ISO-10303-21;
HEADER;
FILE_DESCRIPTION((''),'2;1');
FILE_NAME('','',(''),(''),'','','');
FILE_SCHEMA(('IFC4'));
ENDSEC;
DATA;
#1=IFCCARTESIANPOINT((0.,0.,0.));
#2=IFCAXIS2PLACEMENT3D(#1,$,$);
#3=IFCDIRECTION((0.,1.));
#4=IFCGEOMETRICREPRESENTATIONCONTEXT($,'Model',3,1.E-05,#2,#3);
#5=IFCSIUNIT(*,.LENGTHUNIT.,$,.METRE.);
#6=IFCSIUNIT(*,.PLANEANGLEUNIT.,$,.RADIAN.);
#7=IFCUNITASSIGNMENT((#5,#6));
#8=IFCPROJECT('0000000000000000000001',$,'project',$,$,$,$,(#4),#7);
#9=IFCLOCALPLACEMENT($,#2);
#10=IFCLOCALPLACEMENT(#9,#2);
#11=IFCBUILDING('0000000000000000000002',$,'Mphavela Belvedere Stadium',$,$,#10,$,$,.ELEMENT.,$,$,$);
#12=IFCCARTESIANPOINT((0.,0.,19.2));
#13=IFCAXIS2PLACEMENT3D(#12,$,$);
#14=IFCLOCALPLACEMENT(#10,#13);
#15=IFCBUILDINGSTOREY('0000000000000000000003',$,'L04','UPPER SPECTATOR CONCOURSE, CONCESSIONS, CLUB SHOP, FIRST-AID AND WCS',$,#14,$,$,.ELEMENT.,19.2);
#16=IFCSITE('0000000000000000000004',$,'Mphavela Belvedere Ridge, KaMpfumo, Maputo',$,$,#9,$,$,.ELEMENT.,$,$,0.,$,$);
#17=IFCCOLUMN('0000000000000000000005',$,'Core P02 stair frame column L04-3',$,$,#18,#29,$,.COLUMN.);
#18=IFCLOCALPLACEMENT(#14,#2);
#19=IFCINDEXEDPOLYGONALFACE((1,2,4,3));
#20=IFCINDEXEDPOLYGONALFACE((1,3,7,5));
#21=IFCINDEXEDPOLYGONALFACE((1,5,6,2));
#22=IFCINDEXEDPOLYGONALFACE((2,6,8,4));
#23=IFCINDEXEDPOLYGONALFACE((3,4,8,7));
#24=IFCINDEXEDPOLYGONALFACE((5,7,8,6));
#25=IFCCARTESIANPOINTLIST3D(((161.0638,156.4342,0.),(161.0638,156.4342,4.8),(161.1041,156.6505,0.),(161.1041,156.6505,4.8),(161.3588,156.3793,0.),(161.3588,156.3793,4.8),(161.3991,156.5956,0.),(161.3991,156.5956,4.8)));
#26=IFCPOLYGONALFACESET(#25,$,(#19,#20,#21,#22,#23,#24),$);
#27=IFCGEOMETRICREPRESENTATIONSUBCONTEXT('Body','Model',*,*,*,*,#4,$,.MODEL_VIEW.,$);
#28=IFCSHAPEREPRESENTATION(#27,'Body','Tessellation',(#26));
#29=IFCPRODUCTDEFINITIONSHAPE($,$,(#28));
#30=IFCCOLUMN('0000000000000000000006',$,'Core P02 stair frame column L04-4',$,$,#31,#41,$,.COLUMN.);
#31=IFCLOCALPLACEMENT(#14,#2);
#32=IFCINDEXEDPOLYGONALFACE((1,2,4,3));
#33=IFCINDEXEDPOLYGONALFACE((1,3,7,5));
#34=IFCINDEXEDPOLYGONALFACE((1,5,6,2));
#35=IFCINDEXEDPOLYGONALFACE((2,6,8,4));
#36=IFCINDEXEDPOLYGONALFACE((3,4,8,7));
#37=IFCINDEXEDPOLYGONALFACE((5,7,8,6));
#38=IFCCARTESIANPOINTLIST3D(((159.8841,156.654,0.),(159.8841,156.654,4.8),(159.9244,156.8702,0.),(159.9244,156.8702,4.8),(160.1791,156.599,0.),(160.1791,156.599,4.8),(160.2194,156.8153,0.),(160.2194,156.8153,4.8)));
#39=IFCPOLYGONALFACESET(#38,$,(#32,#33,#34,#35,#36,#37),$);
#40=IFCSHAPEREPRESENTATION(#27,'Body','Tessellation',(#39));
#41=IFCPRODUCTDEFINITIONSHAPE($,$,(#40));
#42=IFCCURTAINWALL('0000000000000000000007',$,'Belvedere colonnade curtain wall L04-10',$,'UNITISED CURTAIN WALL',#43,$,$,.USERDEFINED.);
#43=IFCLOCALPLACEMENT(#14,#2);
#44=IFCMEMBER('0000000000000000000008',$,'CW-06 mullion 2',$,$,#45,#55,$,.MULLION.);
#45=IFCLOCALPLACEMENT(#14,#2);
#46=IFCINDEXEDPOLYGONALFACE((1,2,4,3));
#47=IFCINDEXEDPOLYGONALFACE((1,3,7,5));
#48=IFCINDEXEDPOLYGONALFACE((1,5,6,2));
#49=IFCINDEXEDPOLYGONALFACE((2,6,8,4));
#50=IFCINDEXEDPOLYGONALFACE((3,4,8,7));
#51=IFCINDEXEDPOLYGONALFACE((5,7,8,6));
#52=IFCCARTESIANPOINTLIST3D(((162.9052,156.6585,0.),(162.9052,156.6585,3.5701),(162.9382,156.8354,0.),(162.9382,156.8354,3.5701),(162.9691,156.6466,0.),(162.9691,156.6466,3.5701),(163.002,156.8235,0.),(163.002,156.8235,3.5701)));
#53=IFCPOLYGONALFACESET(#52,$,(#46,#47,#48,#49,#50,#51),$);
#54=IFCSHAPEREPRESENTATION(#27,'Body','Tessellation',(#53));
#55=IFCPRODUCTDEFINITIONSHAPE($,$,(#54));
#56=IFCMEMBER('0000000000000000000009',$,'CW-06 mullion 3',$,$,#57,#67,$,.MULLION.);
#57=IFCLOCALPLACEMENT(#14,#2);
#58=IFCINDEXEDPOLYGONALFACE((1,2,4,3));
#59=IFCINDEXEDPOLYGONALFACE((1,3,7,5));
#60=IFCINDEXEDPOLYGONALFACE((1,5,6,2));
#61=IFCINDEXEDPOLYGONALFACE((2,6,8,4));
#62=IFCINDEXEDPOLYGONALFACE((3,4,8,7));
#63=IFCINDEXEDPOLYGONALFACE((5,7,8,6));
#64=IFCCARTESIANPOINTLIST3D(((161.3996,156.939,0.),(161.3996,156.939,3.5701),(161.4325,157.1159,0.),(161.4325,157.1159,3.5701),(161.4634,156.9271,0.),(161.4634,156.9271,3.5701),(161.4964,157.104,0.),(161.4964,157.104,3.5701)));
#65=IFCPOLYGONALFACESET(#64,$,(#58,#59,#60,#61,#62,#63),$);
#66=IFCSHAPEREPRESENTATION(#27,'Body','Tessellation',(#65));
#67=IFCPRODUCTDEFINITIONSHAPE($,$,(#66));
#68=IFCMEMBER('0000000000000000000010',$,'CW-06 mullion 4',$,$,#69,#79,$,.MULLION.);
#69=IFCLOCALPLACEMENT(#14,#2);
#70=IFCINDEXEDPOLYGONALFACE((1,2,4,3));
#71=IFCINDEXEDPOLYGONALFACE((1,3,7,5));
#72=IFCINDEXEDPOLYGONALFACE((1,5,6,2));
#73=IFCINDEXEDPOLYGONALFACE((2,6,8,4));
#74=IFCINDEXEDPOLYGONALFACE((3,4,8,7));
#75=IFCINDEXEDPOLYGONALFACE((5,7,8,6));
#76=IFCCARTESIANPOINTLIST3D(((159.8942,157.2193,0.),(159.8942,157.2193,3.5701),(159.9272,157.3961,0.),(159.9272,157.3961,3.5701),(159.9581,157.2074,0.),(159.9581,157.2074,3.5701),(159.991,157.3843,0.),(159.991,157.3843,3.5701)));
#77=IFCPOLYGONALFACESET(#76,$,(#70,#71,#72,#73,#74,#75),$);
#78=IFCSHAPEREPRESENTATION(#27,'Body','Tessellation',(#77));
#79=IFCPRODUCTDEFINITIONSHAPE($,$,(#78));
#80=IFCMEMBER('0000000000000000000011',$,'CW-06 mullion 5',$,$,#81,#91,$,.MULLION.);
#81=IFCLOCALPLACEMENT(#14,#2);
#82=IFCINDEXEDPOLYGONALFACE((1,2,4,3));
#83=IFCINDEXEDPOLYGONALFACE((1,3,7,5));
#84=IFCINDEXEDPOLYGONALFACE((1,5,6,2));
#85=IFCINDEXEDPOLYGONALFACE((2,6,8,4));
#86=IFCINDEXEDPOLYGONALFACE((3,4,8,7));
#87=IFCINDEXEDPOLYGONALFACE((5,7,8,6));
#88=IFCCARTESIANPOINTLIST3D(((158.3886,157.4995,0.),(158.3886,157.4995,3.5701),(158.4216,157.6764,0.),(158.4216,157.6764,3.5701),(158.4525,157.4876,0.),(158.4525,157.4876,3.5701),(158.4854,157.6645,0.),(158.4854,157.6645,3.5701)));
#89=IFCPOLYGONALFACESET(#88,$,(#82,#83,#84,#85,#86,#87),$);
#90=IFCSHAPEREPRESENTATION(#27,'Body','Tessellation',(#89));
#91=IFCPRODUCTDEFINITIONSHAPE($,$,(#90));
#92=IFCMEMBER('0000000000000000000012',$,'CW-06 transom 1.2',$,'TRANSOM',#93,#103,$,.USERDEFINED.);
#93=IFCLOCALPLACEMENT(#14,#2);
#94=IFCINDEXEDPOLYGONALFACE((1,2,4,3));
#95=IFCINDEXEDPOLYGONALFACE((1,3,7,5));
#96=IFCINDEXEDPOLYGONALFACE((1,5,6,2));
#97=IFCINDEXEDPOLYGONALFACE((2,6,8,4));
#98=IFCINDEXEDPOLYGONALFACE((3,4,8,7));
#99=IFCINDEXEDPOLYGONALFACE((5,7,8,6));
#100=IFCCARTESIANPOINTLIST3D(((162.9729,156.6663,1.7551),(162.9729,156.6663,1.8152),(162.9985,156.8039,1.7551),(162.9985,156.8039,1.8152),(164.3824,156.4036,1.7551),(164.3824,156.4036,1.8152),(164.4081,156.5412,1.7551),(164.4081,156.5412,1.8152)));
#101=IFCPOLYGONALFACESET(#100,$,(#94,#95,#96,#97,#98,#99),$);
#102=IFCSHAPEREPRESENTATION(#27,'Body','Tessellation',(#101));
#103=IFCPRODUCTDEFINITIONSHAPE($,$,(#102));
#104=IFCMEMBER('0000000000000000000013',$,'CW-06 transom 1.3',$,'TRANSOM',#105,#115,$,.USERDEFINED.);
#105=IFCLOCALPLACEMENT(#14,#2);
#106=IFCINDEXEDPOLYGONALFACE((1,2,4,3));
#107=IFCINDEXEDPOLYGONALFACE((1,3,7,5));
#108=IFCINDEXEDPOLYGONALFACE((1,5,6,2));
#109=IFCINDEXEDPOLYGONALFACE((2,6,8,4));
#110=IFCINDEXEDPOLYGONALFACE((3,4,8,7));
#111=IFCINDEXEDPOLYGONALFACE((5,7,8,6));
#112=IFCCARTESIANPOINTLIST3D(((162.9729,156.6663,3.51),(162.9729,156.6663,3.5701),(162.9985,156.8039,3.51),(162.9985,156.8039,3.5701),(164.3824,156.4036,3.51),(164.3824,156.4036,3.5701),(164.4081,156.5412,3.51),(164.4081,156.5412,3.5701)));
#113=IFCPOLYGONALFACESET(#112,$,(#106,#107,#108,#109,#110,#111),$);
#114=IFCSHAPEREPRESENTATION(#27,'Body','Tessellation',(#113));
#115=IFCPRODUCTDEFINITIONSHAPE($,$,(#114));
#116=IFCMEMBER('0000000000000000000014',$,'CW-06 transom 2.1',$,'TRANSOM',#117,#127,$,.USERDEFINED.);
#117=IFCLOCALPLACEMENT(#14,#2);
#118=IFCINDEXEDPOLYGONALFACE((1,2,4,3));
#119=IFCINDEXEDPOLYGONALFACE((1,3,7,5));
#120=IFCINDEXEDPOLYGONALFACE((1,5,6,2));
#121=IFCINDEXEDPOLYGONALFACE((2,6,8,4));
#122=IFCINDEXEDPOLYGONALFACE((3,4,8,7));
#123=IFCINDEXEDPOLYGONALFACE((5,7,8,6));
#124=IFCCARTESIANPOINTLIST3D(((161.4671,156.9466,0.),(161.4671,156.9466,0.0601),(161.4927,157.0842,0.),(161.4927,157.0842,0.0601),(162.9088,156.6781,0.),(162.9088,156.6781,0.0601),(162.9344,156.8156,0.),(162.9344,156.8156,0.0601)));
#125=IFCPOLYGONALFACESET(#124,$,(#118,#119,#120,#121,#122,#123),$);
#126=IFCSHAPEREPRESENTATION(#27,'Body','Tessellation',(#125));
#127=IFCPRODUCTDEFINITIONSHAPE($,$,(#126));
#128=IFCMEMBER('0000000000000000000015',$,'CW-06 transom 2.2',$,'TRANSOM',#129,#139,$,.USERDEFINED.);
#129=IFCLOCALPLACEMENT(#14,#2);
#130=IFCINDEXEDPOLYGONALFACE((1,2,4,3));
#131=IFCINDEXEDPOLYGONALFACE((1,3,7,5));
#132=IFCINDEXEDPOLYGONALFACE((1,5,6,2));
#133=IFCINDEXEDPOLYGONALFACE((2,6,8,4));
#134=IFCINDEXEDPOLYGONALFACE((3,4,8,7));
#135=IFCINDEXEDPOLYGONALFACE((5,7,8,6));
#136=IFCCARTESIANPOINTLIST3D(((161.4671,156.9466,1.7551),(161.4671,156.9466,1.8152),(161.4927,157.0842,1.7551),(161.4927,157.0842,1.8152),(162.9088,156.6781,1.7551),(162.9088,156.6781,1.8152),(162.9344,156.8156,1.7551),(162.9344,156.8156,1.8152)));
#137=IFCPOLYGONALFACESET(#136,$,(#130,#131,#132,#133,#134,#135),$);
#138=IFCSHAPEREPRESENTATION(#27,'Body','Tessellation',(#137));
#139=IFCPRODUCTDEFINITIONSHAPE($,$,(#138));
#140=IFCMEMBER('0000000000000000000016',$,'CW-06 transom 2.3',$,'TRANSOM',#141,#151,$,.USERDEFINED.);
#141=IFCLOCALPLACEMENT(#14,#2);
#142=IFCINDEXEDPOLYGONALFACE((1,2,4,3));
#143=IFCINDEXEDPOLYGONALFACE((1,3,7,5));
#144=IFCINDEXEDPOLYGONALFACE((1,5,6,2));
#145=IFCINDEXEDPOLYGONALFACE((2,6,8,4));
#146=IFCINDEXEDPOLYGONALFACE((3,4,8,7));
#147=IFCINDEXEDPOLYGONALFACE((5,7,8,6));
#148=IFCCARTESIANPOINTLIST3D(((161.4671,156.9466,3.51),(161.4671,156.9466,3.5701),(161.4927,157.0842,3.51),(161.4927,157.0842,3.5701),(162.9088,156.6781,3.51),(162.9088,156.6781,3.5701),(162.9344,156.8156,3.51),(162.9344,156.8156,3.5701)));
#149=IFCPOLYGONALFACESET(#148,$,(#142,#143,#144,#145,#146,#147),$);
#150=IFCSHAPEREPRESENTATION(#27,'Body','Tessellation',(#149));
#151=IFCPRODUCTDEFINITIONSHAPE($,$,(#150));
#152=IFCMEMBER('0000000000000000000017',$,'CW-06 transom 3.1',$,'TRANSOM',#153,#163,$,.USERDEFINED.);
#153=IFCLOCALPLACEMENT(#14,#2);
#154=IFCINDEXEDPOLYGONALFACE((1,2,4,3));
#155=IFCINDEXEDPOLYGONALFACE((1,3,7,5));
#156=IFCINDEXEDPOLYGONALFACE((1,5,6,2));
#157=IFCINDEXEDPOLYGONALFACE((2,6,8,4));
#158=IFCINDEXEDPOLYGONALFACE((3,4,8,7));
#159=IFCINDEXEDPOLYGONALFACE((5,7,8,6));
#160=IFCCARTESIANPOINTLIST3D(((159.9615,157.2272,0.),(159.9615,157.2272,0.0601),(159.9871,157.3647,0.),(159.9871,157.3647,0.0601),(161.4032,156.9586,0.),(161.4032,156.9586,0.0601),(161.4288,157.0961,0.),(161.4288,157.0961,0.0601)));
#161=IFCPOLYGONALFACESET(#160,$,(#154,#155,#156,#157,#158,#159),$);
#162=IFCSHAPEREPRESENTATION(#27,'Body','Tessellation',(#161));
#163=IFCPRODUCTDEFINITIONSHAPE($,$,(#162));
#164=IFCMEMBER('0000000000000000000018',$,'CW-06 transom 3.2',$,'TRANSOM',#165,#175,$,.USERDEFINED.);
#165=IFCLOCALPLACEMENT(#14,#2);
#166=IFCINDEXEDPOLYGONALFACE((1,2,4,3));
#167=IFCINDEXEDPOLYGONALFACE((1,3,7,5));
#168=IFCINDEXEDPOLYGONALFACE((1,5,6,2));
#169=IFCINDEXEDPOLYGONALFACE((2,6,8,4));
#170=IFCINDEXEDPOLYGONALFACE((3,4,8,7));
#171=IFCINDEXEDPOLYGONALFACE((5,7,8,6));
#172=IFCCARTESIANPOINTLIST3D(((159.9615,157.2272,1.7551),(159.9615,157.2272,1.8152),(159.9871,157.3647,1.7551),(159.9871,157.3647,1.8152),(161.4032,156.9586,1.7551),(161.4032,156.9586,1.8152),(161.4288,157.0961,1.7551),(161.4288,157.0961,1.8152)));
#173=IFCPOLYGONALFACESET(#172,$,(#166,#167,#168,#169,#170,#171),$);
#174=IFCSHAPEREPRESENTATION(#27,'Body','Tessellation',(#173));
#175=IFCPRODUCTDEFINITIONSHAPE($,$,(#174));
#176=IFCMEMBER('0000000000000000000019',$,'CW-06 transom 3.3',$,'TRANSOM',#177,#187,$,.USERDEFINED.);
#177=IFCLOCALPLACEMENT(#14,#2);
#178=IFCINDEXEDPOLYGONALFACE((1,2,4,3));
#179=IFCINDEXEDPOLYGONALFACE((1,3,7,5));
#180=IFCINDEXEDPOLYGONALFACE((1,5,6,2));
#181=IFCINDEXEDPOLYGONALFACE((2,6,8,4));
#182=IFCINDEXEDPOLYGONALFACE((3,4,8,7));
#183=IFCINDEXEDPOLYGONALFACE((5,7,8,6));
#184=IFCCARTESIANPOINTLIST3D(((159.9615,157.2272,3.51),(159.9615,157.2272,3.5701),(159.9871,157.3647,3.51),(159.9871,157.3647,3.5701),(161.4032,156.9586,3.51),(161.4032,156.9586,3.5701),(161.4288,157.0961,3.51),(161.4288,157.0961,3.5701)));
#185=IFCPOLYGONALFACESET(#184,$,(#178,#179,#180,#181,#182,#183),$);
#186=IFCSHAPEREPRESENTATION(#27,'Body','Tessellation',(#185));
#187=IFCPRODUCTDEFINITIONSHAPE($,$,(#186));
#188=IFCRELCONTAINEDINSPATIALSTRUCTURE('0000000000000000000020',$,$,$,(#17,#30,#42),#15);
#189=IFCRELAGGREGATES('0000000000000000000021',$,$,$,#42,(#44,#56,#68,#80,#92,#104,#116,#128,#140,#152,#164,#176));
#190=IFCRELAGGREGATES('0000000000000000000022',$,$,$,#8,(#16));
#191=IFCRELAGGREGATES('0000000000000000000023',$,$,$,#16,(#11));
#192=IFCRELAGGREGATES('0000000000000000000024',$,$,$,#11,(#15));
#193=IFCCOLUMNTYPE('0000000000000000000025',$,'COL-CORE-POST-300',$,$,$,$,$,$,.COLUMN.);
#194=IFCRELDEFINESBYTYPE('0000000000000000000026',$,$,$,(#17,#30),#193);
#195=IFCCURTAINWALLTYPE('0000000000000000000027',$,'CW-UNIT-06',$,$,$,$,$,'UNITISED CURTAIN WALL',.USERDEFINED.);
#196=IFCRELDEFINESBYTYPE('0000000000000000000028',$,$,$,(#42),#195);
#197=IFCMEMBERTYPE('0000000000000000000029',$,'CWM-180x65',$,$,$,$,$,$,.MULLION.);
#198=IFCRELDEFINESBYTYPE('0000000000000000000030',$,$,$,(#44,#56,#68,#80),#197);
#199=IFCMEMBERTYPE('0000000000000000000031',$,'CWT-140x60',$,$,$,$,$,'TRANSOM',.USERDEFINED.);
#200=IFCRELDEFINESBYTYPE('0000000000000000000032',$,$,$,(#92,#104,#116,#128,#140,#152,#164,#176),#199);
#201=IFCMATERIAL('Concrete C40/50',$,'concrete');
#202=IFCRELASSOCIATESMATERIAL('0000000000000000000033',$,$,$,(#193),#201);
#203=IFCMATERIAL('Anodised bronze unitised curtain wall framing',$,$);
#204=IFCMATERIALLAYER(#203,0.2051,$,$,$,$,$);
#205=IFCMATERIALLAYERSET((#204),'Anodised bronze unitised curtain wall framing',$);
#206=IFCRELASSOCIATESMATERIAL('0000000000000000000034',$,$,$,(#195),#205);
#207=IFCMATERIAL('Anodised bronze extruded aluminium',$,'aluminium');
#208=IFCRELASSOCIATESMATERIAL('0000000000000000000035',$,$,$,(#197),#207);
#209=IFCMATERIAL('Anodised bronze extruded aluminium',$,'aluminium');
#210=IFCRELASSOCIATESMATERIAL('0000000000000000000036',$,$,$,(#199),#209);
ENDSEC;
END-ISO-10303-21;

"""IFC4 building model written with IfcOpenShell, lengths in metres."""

from ifc_helpers import new_model, si_unit, direction, frame, origin, origin_2d, place, context, subcontext, project, spatial, rectangle, extrude, material, layer, layer_set, material_profile, profile_set, type_object, element, aggregate, save


model = new_model("IFC4")

# Units and contexts
model_context = context("Model", 3, precision=1e-05, world=origin(), true_north=direction((0.0, 1.0)))
body_context = subcontext(model_context, "Body", "Model", "MODEL_VIEW")
ifc_project = project(units=[si_unit("LENGTHUNIT", "METRE"), si_unit("PLANEANGLEUNIT", "RADIAN")], contexts=[model_context])

# Site, building, storey
site_placement = place(None, origin())
site = spatial("IfcSite", under=ifc_project, at=site_placement, Name="Mphavela Belvedere Ridge, KaMpfumo, Maputo", CompositionType="ELEMENT", RefElevation=0.0)
building_placement = place(site_placement, origin())
building = spatial("IfcBuilding", under=site, at=building_placement, Name="Mphavela Belvedere Stadium", CompositionType="ELEMENT")
storey_placement = place(building_placement, frame((0.0, 0.0, 19.2)))
storey = spatial("IfcBuildingStorey", under=building, at=storey_placement, Name="L04", Description="UPPER SPECTATOR CONCOURSE, CONCESSIONS, CLUB SHOP, FIRST-AID AND WCS", CompositionType="ELEMENT", Elevation=19.2)

# Columns
ifc_material_1 = material(Name="Concrete C40/50", Category="concrete")
ifc_material_profile_1 = material_profile(ifc_material_1, rectangle(XDim=0.3, YDim=0.22, at=origin_2d()), Name="RC 300x220")
ifc_profile_set_1 = profile_set([ifc_material_profile_1], Name="Concrete C40/50")
column_type = type_object("IfcColumnType", Name="COL-CORE-POST-300", PredefinedType="COLUMN", material=ifc_profile_set_1)
for number, where, z_axis, x_axis, name in (
    (1, (161.2314, 156.5149, 0.0), (0.0, 0.0, 1.0), (0.983096, -0.183094, 0.0), "Core P02 stair frame column L04-3"),
    (2, (160.0518, 156.7346, 0.0), (0.0, 0.0, 1.0), (0.983096, -0.183094, 0.0), "Core P02 stair frame column L04-4"),
):
    element("IfcColumn", number, at=place(storey_placement, frame(where, z_axis=z_axis, x_axis=x_axis)), inside=storey, type_object=column_type, Name=name, PredefinedType="COLUMN", context=body_context, shape_type="SweptSolid", body=[
        extrude(rectangle(XDim=0.3, YDim=0.22, at=origin_2d()), origin(), (0.0, 0.0, 1.0), 4.8),
    ])

# Curtain wall, members
ifc_material_2 = material(Name="Anodised bronze unitised curtain wall framing")
ifc_layer_1 = layer(ifc_material_2, 0.2051)
ifc_layer_set_1 = layer_set([ifc_layer_1], Name="Anodised bronze unitised curtain wall framing")
curtain_wall_type = type_object("IfcCurtainWallType", Name="CW-UNIT-06", ElementType="UNITISED CURTAIN WALL", PredefinedType="USERDEFINED", material=ifc_layer_set_1)
curtain_wall_placement = place(storey_placement, origin())
curtain_wall = element("IfcCurtainWall", 3, at=curtain_wall_placement, inside=storey, type_object=curtain_wall_type, Name="Belvedere colonnade curtain wall L04-10", ObjectType="UNITISED CURTAIN WALL", PredefinedType="USERDEFINED")
ifc_material_3 = material(Name="Anodised bronze extruded aluminium", Category="aluminium")
ifc_material_profile_2 = material_profile(ifc_material_3, rectangle(XDim=0.1799, YDim=0.0649, at=origin_2d()), Name="CW-MUL 180x65")
ifc_profile_set_2 = profile_set([ifc_material_profile_2], Name="Anodised bronze extruded aluminium")
member_type_1 = type_object("IfcMemberType", Name="CWM-180x65", PredefinedType="MULLION", material=ifc_profile_set_2)
member_1_placement = place(storey_placement, frame((162.9536, 156.741, 0.0), z_axis=(0.0, 0.0, 1.0), x_axis=(-0.183091, -0.983096, 0.0)))
member_1 = element("IfcMember", 4, at=member_1_placement, type_object=member_type_1, Name="CW-06 mullion 2", PredefinedType="MULLION", context=body_context, shape_type="SweptSolid", body=[
    extrude(rectangle(XDim=0.1799, YDim=0.0649, at=origin_2d()), origin(), (0.0, 0.0, 1.0), 3.5701),
])
member_2_placement = place(storey_placement, frame((161.448, 157.0215, 0.0), z_axis=(0.0, 0.0, 1.0), x_axis=(-0.183091, -0.983096, 0.0)))
member_2 = element("IfcMember", 5, at=member_2_placement, type_object=member_type_1, Name="CW-06 mullion 3", PredefinedType="MULLION", context=body_context, shape_type="SweptSolid", body=[
    extrude(rectangle(XDim=0.1799, YDim=0.0649, at=origin_2d()), origin(), (0.0, 0.0, 1.0), 3.5701),
])
member_3_placement = place(storey_placement, frame((159.9426, 157.3018, 0.0), z_axis=(0.0, 0.0, 1.0), x_axis=(-0.183091, -0.983096, 0.0)))
member_3 = element("IfcMember", 6, at=member_3_placement, type_object=member_type_1, Name="CW-06 mullion 4", PredefinedType="MULLION", context=body_context, shape_type="SweptSolid", body=[
    extrude(rectangle(XDim=0.1799, YDim=0.0649, at=origin_2d()), origin(), (0.0, 0.0, 1.0), 3.5701),
])
member_4_placement = place(storey_placement, frame((158.437, 157.582, 0.0), z_axis=(0.0, 0.0, 1.0), x_axis=(-0.183091, -0.983096, 0.0)))
member_4 = element("IfcMember", 7, at=member_4_placement, type_object=member_type_1, Name="CW-06 mullion 5", PredefinedType="MULLION", context=body_context, shape_type="SweptSolid", body=[
    extrude(rectangle(XDim=0.1799, YDim=0.0649, at=origin_2d()), origin(), (0.0, 0.0, 1.0), 3.5701),
])
ifc_material_4 = material(Name="Anodised bronze extruded aluminium", Category="aluminium")
ifc_material_profile_3 = material_profile(ifc_material_4, rectangle(XDim=0.1399, YDim=0.0601, at=origin_2d()), Name="CW-TRN 140x60")
ifc_profile_set_3 = profile_set([ifc_material_profile_3], Name="Anodised bronze extruded aluminium")
member_type_2 = type_object("IfcMemberType", Name="CWT-140x60", ElementType="TRANSOM", PredefinedType="USERDEFINED", material=ifc_profile_set_3)
member_5_placement = place(storey_placement, frame((164.3953, 156.4724, 1.7852), z_axis=(-0.983076, 0.183199, 0.0), x_axis=(-0.183199, -0.983076, 0.0)))
member_5 = element("IfcMember", 8, at=member_5_placement, type_object=member_type_2, Name="CW-06 transom 1.2", ObjectType="TRANSOM", PredefinedType="USERDEFINED", context=body_context, shape_type="SweptSolid", body=[
    extrude(rectangle(XDim=0.1399, YDim=0.0601, at=origin_2d()), origin(), (0.0, 0.0, 1.0), 1.4338),
])
member_6_placement = place(storey_placement, frame((164.3953, 156.4724, 3.54), z_axis=(-0.983076, 0.183199, 0.0), x_axis=(-0.183199, -0.983076, 0.0)))
member_6 = element("IfcMember", 9, at=member_6_placement, type_object=member_type_2, Name="CW-06 transom 1.3", ObjectType="TRANSOM", PredefinedType="USERDEFINED", context=body_context, shape_type="SweptSolid", body=[
    extrude(rectangle(XDim=0.1399, YDim=0.0601, at=origin_2d()), origin(), (0.0, 0.0, 1.0), 1.4338),
])
member_7_placement = place(storey_placement, frame((162.9216, 156.7468, 0.03), z_axis=(-0.983088, 0.183132, 0.0), x_axis=(-0.183132, -0.983088, 0.0)))
member_7 = element("IfcMember", 10, at=member_7_placement, type_object=member_type_2, Name="CW-06 transom 2.1", ObjectType="TRANSOM", PredefinedType="USERDEFINED", context=body_context, shape_type="SweptSolid", body=[
    extrude(rectangle(XDim=0.1399, YDim=0.0601, at=origin_2d()), origin(), (0.0, 0.0, 1.0), 1.4666),
])
member_8_placement = place(storey_placement, frame((162.9216, 156.7468, 1.7852), z_axis=(-0.983088, 0.183132, 0.0), x_axis=(-0.183132, -0.983088, 0.0)))
member_8 = element("IfcMember", 11, at=member_8_placement, type_object=member_type_2, Name="CW-06 transom 2.2", ObjectType="TRANSOM", PredefinedType="USERDEFINED", context=body_context, shape_type="SweptSolid", body=[
    extrude(rectangle(XDim=0.1399, YDim=0.0601, at=origin_2d()), origin(), (0.0, 0.0, 1.0), 1.4666),
])
member_9_placement = place(storey_placement, frame((162.9216, 156.7468, 3.54), z_axis=(-0.983088, 0.183132, 0.0), x_axis=(-0.183132, -0.983088, 0.0)))
member_9 = element("IfcMember", 12, at=member_9_placement, type_object=member_type_2, Name="CW-06 transom 2.3", ObjectType="TRANSOM", PredefinedType="USERDEFINED", context=body_context, shape_type="SweptSolid", body=[
    extrude(rectangle(XDim=0.1399, YDim=0.0601, at=origin_2d()), origin(), (0.0, 0.0, 1.0), 1.4666),
])
member_10_placement = place(storey_placement, frame((161.416, 157.0273, 0.03), z_axis=(-0.983088, 0.183132, 0.0), x_axis=(-0.183132, -0.983088, 0.0)))
member_10 = element("IfcMember", 13, at=member_10_placement, type_object=member_type_2, Name="CW-06 transom 3.1", ObjectType="TRANSOM", PredefinedType="USERDEFINED", context=body_context, shape_type="SweptSolid", body=[
    extrude(rectangle(XDim=0.1399, YDim=0.0601, at=origin_2d()), origin(), (0.0, 0.0, 1.0), 1.4666),
])
member_11_placement = place(storey_placement, frame((161.416, 157.0273, 1.7852), z_axis=(-0.983088, 0.183132, 0.0), x_axis=(-0.183132, -0.983088, 0.0)))
member_11 = element("IfcMember", 14, at=member_11_placement, type_object=member_type_2, Name="CW-06 transom 3.2", ObjectType="TRANSOM", PredefinedType="USERDEFINED", context=body_context, shape_type="SweptSolid", body=[
    extrude(rectangle(XDim=0.1399, YDim=0.0601, at=origin_2d()), origin(), (0.0, 0.0, 1.0), 1.4666),
])
member_12_placement = place(storey_placement, frame((161.416, 157.0273, 3.54), z_axis=(-0.983088, 0.183132, 0.0), x_axis=(-0.183132, -0.983088, 0.0)))
member_12 = element("IfcMember", 15, at=member_12_placement, type_object=member_type_2, Name="CW-06 transom 3.3", ObjectType="TRANSOM", PredefinedType="USERDEFINED", context=body_context, shape_type="SweptSolid", body=[
    extrude(rectangle(XDim=0.1399, YDim=0.0601, at=origin_2d()), origin(), (0.0, 0.0, 1.0), 1.4666),
])
aggregate(curtain_wall, [member_1, member_2, member_3, member_4, member_5, member_6, member_7, member_8, member_9, member_10, member_11, member_12])

save(model, "model.ifc")
